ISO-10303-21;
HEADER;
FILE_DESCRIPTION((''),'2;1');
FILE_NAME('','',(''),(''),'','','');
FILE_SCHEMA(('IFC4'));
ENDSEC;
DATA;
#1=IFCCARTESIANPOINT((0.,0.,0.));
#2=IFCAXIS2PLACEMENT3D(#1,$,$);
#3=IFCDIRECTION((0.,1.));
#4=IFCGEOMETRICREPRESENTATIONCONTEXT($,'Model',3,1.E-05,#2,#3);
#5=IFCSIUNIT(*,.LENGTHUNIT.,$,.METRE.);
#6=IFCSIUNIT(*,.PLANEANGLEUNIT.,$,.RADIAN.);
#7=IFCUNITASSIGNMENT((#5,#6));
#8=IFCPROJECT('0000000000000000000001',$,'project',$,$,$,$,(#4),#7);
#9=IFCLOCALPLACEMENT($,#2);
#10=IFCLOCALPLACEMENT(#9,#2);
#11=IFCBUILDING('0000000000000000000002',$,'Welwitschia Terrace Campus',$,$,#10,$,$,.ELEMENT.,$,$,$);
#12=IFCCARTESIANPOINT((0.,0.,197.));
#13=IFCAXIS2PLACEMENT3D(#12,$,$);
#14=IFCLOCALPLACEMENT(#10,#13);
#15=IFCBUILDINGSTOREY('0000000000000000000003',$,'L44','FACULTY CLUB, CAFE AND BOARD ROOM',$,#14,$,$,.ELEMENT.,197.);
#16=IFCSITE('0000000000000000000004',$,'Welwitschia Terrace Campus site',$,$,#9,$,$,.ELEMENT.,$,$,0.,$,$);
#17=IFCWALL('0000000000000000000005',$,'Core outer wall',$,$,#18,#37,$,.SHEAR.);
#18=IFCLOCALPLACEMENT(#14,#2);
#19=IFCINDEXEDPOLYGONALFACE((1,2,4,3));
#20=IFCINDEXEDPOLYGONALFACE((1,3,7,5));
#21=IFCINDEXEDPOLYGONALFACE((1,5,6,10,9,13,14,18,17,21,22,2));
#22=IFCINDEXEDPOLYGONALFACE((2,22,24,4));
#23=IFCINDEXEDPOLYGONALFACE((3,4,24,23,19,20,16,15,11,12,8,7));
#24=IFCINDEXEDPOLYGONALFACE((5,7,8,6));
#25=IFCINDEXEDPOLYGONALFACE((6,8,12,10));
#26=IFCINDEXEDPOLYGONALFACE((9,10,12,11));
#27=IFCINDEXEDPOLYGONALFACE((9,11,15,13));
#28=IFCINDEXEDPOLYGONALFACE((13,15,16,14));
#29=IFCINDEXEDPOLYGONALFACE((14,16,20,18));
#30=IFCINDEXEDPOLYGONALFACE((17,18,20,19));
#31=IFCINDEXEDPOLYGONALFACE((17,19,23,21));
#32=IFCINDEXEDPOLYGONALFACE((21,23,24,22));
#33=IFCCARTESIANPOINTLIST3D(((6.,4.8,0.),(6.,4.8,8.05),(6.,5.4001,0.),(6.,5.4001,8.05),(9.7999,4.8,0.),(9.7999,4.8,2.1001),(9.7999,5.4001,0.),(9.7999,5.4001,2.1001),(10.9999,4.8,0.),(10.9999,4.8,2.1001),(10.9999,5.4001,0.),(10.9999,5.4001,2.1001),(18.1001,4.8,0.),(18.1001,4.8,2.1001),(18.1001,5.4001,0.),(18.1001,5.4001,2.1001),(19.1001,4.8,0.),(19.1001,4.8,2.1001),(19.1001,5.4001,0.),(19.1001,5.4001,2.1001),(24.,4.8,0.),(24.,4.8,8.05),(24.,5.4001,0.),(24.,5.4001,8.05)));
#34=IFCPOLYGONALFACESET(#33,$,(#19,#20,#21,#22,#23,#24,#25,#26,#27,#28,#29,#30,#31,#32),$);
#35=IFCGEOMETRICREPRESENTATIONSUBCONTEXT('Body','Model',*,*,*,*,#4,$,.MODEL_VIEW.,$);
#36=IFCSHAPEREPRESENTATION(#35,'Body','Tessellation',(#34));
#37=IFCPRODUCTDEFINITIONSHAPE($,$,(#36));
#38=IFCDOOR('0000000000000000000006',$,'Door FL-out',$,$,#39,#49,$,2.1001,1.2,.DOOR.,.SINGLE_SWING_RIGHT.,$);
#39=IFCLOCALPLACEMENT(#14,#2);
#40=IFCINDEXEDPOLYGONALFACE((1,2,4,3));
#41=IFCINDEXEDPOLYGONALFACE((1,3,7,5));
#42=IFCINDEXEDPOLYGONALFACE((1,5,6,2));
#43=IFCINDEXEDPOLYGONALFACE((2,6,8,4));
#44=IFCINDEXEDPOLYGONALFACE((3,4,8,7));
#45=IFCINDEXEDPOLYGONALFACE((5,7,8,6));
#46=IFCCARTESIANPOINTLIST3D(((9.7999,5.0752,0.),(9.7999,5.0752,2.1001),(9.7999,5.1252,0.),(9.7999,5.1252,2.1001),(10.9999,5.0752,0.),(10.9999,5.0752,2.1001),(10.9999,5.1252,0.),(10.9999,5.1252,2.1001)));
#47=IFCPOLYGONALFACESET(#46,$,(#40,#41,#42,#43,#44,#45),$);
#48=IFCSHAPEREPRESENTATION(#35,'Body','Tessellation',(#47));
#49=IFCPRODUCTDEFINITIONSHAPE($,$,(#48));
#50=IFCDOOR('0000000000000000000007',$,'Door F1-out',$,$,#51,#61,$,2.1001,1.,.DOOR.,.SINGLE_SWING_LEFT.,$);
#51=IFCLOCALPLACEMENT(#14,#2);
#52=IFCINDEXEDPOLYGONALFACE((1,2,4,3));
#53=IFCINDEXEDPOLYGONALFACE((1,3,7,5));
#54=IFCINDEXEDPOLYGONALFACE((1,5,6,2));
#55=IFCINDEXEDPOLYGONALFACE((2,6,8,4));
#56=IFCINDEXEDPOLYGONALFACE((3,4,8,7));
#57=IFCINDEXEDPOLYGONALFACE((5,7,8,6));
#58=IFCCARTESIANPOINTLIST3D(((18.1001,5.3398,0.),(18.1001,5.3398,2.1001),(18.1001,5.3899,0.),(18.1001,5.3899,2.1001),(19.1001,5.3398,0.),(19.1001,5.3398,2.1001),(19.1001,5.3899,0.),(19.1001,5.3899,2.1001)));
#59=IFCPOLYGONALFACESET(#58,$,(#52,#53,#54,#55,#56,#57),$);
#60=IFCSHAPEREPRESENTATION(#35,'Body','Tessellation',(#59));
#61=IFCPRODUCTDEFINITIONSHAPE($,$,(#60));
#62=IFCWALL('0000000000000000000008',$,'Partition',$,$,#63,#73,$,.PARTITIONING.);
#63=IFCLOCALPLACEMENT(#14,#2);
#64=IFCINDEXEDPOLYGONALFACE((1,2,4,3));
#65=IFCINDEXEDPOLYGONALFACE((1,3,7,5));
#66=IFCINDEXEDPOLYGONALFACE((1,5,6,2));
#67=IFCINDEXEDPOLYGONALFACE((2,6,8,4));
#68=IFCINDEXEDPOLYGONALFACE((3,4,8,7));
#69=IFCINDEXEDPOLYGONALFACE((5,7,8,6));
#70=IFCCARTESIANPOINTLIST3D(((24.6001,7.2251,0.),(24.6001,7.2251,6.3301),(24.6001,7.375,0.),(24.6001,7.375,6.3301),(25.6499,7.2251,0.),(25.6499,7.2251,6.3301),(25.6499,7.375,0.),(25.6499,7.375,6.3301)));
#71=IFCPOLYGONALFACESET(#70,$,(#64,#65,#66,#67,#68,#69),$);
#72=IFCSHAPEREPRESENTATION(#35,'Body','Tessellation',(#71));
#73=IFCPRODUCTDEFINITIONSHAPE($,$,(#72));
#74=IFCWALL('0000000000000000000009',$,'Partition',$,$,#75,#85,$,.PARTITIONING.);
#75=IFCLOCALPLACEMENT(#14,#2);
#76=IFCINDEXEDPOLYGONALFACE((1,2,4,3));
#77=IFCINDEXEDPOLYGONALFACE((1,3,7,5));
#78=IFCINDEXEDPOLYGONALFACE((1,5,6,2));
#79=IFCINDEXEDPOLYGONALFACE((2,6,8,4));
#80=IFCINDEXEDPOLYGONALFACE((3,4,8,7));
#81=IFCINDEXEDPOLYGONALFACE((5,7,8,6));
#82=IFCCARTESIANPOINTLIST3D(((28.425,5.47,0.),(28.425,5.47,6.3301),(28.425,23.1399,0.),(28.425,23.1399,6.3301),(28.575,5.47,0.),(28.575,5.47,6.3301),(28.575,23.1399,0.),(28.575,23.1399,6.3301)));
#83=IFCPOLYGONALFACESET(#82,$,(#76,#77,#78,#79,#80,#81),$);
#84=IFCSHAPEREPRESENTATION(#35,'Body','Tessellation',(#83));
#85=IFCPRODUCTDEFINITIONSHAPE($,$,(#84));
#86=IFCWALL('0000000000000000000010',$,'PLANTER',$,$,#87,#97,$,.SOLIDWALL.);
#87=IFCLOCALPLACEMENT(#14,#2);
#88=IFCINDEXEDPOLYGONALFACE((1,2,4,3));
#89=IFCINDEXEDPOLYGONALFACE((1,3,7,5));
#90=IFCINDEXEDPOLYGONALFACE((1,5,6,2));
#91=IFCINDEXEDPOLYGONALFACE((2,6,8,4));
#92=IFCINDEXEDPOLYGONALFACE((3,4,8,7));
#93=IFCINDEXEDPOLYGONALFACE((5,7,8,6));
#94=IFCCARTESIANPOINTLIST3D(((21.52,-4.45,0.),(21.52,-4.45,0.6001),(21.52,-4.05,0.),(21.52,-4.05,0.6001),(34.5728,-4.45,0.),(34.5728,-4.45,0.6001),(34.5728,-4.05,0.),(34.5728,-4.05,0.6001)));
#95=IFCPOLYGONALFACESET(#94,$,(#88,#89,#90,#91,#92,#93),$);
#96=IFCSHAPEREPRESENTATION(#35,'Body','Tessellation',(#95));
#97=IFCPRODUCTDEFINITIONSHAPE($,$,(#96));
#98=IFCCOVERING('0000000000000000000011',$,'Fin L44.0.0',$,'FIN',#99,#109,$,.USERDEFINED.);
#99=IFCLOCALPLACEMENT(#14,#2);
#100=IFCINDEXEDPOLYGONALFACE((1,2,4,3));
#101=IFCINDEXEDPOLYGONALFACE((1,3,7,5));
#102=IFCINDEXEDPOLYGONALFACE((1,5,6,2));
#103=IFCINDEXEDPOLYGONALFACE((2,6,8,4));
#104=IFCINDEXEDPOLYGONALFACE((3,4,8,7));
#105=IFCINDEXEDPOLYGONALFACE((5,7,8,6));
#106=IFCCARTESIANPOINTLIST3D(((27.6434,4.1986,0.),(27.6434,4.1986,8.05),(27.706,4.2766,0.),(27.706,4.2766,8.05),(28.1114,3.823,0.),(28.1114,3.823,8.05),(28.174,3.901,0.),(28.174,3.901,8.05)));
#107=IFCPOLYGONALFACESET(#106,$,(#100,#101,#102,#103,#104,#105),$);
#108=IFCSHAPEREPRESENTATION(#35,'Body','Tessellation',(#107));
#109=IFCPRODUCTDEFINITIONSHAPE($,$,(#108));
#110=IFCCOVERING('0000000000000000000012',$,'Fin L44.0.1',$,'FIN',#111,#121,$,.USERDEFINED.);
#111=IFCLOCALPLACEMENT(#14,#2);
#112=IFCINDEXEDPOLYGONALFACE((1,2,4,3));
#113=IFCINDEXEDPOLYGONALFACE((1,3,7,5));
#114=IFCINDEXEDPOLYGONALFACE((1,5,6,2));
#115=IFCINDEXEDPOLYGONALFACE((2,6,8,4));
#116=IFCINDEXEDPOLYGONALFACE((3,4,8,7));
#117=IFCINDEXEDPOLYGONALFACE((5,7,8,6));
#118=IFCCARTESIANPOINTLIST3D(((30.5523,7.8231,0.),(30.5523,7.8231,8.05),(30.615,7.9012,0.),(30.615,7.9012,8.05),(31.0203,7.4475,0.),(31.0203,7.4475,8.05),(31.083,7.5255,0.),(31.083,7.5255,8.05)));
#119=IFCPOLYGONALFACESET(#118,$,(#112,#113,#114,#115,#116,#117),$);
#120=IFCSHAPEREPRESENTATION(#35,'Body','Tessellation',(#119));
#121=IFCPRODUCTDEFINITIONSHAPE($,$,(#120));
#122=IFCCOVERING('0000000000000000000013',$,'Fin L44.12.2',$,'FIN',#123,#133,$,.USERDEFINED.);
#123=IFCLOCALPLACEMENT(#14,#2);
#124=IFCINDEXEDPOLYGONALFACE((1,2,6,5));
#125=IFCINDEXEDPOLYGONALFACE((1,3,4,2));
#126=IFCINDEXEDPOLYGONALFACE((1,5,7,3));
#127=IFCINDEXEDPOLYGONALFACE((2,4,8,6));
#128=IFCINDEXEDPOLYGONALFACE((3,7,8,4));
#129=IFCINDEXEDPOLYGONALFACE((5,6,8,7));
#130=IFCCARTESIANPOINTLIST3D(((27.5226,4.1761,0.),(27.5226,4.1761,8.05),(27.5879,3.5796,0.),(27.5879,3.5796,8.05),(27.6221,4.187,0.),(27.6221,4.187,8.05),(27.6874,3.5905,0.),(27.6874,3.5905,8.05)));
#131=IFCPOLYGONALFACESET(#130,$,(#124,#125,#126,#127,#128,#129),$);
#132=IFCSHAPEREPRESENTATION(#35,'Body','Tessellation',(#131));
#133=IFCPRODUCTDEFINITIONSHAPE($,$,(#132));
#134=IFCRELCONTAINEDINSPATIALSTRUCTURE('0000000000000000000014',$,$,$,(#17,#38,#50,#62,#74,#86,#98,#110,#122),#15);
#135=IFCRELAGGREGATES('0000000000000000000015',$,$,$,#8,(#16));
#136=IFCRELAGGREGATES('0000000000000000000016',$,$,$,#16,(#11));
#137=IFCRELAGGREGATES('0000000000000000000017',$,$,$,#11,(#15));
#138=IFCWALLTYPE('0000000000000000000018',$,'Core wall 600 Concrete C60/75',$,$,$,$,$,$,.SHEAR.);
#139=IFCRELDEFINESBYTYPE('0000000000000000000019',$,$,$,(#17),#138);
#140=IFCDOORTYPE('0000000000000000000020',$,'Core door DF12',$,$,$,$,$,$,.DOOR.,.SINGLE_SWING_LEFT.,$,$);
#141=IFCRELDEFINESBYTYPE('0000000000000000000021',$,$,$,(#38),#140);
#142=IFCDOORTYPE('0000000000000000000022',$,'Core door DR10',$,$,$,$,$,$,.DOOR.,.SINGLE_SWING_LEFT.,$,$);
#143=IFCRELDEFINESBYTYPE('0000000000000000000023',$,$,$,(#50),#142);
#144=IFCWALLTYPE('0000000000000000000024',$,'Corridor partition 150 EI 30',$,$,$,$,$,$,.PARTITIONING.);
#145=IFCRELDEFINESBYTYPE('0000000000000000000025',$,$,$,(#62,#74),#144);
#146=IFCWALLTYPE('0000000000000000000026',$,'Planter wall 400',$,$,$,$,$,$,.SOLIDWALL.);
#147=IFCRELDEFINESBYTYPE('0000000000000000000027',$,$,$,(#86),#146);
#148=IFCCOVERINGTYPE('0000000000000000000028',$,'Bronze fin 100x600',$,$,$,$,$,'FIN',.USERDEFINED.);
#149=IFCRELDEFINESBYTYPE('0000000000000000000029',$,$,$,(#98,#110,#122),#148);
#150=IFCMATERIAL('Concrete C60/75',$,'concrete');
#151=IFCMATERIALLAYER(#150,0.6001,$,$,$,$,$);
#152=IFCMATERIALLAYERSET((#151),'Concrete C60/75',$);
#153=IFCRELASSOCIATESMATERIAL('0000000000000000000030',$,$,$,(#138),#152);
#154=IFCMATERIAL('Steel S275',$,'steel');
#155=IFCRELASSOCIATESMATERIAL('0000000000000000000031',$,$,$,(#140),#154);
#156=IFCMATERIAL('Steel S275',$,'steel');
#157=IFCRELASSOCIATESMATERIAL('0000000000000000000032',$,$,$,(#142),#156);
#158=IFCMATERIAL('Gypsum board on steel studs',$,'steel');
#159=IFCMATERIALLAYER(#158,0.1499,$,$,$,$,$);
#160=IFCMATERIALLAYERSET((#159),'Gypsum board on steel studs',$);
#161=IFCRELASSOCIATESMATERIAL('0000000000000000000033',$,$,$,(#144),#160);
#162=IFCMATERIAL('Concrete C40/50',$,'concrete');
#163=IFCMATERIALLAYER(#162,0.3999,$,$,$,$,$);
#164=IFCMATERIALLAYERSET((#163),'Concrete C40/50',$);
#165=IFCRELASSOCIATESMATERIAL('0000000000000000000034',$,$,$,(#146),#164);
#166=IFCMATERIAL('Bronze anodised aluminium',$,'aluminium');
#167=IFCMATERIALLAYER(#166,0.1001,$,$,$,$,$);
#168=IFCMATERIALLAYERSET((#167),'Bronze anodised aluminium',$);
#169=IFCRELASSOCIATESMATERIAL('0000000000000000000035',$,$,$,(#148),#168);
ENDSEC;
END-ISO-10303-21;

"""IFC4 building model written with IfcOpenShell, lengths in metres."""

from ifc_helpers import new_model, si_unit, direction, frame, frame_2d, origin, origin_2d, place, context, subcontext, project, spatial, rectangle, extrude, material, layer, layer_set, type_object, element, fill, save


model = new_model("IFC4")

# Units and contexts
model_context = context("Model", 3, precision=1e-05, world=origin(), true_north=direction((0.0, 1.0)))
body_context = subcontext(model_context, "Body", "Model", "MODEL_VIEW")
ifc_project = project(units=[si_unit("LENGTHUNIT", "METRE"), si_unit("PLANEANGLEUNIT", "RADIAN")], contexts=[model_context])

# Site, building, storey
site_placement = place(None, origin())
site = spatial("IfcSite", under=ifc_project, at=site_placement, Name="Welwitschia Terrace Campus site", CompositionType="ELEMENT", RefElevation=0.0)
building_placement = place(site_placement, origin())
building = spatial("IfcBuilding", under=site, at=building_placement, Name="Welwitschia Terrace Campus", CompositionType="ELEMENT")
storey_placement = place(building_placement, frame((0.0, 0.0, 197.0)))
storey = spatial("IfcBuildingStorey", under=building, at=storey_placement, Name="L44", Description="FACULTY CLUB, CAFE AND BOARD ROOM", CompositionType="ELEMENT", Elevation=197.0)

# Wall, openings, doors
ifc_material_1 = material(Name="Concrete C60/75", Category="concrete")
ifc_layer_1 = layer(ifc_material_1, 0.6001)
ifc_layer_set_1 = layer_set([ifc_layer_1], Name="Concrete C60/75")
wall_type_1 = type_object("IfcWallType", Name="Core wall 600 Concrete C60/75", PredefinedType="SHEAR", material=ifc_layer_set_1)
wall_1_placement = place(storey_placement, frame((24.0, 5.1001, 0.0), z_axis=(0.0, 0.0, 1.0), x_axis=(-1.0, 0.0, 0.0)))
wall_1 = element("IfcWall", 1, at=wall_1_placement, inside=storey, type_object=wall_type_1, Name="Core outer wall", PredefinedType="SHEAR", context=body_context, shape_type="SweptSolid", body=[
    extrude(rectangle(XDim=18.0, YDim=0.6001, at=frame_2d((9.0, 0.0))), origin(), (0.0, 0.0, 1.0), 8.05),
])
opening_1_placement = place(wall_1_placement, frame((13.0, 0.0, 0.0)))
opening_1 = element("IfcOpeningElement", 2, at=opening_1_placement, cuts=wall_1, PredefinedType="OPENING", context=body_context, shape_type="SweptSolid", body=[
    extrude(rectangle(XDim=1.2, YDim=2.1001, at=frame_2d((0.6001, 1.05))), frame((0.0, 0.3101, 0.0), z_axis=(0.0, -1.0, 0.0), x_axis=(1.0, 0.0, 0.0)), (0.0, 0.0, 1.0), 0.6201),
])
opening_2_placement = place(wall_1_placement, frame((4.8999, 0.0, 0.0)))
opening_2 = element("IfcOpeningElement", 3, at=opening_2_placement, cuts=wall_1, PredefinedType="OPENING", context=body_context, shape_type="SweptSolid", body=[
    extrude(rectangle(XDim=1.0, YDim=2.1001, at=frame_2d((0.5, 1.05))), frame((0.0, 0.3101, 0.0), z_axis=(0.0, -1.0, 0.0), x_axis=(1.0, 0.0, 0.0)), (0.0, 0.0, 1.0), 0.6201),
])
ifc_material_2 = material(Name="Steel S275", Category="steel")
door_type_1 = type_object("IfcDoorType", Name="Core door DF12", OperationType="SINGLE_SWING_LEFT", PredefinedType="DOOR", material=ifc_material_2)
door_1_placement = place(opening_1_placement, origin())
door_1 = element("IfcDoor", 4, at=door_1_placement, inside=storey, type_object=door_type_1, Name="Door FL-out", OperationType="SINGLE_SWING_RIGHT", OverallHeight=2.1001, OverallWidth=1.2, PredefinedType="DOOR", context=body_context, shape_type="SweptSolid", body=[
    extrude(rectangle(XDim=1.2, YDim=2.1001, at=frame_2d((0.6001, 1.05))), frame((0.0, 0.0249, 0.0), z_axis=(0.0, -1.0, 0.0), x_axis=(1.0, 0.0, 0.0)), (0.0, 0.0, 1.0), 0.05),
])
fill(opening_1, door_1)
ifc_material_3 = material(Name="Steel S275", Category="steel")
door_type_2 = type_object("IfcDoorType", Name="Core door DR10", OperationType="SINGLE_SWING_LEFT", PredefinedType="DOOR", material=ifc_material_3)
door_2_placement = place(opening_2_placement, origin())
door_2 = element("IfcDoor", 5, at=door_2_placement, inside=storey, type_object=door_type_2, Name="Door F1-out", OperationType="SINGLE_SWING_LEFT", OverallHeight=2.1001, OverallWidth=1.0, PredefinedType="DOOR", context=body_context, shape_type="SweptSolid", body=[
    extrude(rectangle(XDim=1.0, YDim=2.1001, at=frame_2d((0.5, 1.05))), frame((0.0, -0.2397, 0.0), z_axis=(0.0, -1.0, 0.0), x_axis=(1.0, 0.0, 0.0)), (0.0, 0.0, 1.0), 0.05),
])
fill(opening_2, door_2)

# Walls
ifc_material_4 = material(Name="Gypsum board on steel studs", Category="steel")
ifc_layer_2 = layer(ifc_material_4, 0.1499)
ifc_layer_set_2 = layer_set([ifc_layer_2], Name="Gypsum board on steel studs")
wall_type_2 = type_object("IfcWallType", Name="Corridor partition 150 EI 30", PredefinedType="PARTITIONING", material=ifc_layer_set_2)
wall_2_placement = place(storey_placement, frame((24.6001, 7.3, 0.0), z_axis=(0.0, 0.0, 1.0), x_axis=(1.0, 0.0, 0.0)))
element("IfcWall", 6, at=wall_2_placement, inside=storey, type_object=wall_type_2, Name="Partition", PredefinedType="PARTITIONING", context=body_context, shape_type="SweptSolid", body=[
    extrude(rectangle(XDim=1.0498, YDim=0.1499, at=frame_2d((0.5249, 0.0))), origin(), (0.0, 0.0, 1.0), 6.3301),
])
wall_3_placement = place(storey_placement, frame((28.5, 5.47, 0.0), z_axis=(0.0, 0.0, 1.0), x_axis=(0.0, 1.0, 0.0)))
element("IfcWall", 7, at=wall_3_placement, inside=storey, type_object=wall_type_2, Name="Partition", PredefinedType="PARTITIONING", context=body_context, shape_type="SweptSolid", body=[
    extrude(rectangle(XDim=17.6699, YDim=0.1499, at=frame_2d((8.835, 0.0))), origin(), (0.0, 0.0, 1.0), 6.3301),
])
ifc_material_5 = material(Name="Concrete C40/50", Category="concrete")
ifc_layer_3 = layer(ifc_material_5, 0.3999)
ifc_layer_set_3 = layer_set([ifc_layer_3], Name="Concrete C40/50")
wall_type_3 = type_object("IfcWallType", Name="Planter wall 400", PredefinedType="SOLIDWALL", material=ifc_layer_set_3)
wall_4_placement = place(storey_placement, frame((34.5728, -4.25, 0.0), z_axis=(0.0, 0.0, 1.0), x_axis=(-1.0, 0.0, 0.0)))
element("IfcWall", 8, at=wall_4_placement, inside=storey, type_object=wall_type_3, Name="PLANTER", PredefinedType="SOLIDWALL", context=body_context, shape_type="SweptSolid", body=[
    extrude(rectangle(XDim=13.0527, YDim=0.3999, at=frame_2d((6.5264, 0.0))), origin(), (0.0, 0.0, 1.0), 0.6001),
])

# Coverings
ifc_material_6 = material(Name="Bronze anodised aluminium", Category="aluminium")
ifc_layer_4 = layer(ifc_material_6, 0.1001)
ifc_layer_set_4 = layer_set([ifc_layer_4], Name="Bronze anodised aluminium")
covering_type = type_object("IfcCoveringType", Name="Bronze fin 100x600", ElementType="FIN", PredefinedType="USERDEFINED", material=ifc_layer_set_4)
for number, where, z_axis, x_axis, name in (
    (9, (27.9087, 4.0498, 0.0), (0.0, 0.0, 1.0), (0.625923, 0.779884, 0.0), "Fin L44.0.0"),
    (10, (30.8176, 7.6743, 0.0), (0.0, 0.0, 1.0), (0.625923, 0.779884, 0.0), "Fin L44.0.1"),
    (11, (27.605, 3.8833, 0.0), (0.0, 0.0, 1.0), (0.994056, 0.108867, 0.0), "Fin L44.12.2"),
):
    element("IfcCovering", number, at=place(storey_placement, frame(where, z_axis=z_axis, x_axis=x_axis)), inside=storey, type_object=covering_type, Name=name, ObjectType="FIN", PredefinedType="USERDEFINED", context=body_context, shape_type="SweptSolid", body=[
        extrude(rectangle(XDim=0.1001, YDim=0.6001, at=origin_2d()), origin(), (0.0, 0.0, 1.0), 8.05),
    ])

save(model, "model.ifc")
